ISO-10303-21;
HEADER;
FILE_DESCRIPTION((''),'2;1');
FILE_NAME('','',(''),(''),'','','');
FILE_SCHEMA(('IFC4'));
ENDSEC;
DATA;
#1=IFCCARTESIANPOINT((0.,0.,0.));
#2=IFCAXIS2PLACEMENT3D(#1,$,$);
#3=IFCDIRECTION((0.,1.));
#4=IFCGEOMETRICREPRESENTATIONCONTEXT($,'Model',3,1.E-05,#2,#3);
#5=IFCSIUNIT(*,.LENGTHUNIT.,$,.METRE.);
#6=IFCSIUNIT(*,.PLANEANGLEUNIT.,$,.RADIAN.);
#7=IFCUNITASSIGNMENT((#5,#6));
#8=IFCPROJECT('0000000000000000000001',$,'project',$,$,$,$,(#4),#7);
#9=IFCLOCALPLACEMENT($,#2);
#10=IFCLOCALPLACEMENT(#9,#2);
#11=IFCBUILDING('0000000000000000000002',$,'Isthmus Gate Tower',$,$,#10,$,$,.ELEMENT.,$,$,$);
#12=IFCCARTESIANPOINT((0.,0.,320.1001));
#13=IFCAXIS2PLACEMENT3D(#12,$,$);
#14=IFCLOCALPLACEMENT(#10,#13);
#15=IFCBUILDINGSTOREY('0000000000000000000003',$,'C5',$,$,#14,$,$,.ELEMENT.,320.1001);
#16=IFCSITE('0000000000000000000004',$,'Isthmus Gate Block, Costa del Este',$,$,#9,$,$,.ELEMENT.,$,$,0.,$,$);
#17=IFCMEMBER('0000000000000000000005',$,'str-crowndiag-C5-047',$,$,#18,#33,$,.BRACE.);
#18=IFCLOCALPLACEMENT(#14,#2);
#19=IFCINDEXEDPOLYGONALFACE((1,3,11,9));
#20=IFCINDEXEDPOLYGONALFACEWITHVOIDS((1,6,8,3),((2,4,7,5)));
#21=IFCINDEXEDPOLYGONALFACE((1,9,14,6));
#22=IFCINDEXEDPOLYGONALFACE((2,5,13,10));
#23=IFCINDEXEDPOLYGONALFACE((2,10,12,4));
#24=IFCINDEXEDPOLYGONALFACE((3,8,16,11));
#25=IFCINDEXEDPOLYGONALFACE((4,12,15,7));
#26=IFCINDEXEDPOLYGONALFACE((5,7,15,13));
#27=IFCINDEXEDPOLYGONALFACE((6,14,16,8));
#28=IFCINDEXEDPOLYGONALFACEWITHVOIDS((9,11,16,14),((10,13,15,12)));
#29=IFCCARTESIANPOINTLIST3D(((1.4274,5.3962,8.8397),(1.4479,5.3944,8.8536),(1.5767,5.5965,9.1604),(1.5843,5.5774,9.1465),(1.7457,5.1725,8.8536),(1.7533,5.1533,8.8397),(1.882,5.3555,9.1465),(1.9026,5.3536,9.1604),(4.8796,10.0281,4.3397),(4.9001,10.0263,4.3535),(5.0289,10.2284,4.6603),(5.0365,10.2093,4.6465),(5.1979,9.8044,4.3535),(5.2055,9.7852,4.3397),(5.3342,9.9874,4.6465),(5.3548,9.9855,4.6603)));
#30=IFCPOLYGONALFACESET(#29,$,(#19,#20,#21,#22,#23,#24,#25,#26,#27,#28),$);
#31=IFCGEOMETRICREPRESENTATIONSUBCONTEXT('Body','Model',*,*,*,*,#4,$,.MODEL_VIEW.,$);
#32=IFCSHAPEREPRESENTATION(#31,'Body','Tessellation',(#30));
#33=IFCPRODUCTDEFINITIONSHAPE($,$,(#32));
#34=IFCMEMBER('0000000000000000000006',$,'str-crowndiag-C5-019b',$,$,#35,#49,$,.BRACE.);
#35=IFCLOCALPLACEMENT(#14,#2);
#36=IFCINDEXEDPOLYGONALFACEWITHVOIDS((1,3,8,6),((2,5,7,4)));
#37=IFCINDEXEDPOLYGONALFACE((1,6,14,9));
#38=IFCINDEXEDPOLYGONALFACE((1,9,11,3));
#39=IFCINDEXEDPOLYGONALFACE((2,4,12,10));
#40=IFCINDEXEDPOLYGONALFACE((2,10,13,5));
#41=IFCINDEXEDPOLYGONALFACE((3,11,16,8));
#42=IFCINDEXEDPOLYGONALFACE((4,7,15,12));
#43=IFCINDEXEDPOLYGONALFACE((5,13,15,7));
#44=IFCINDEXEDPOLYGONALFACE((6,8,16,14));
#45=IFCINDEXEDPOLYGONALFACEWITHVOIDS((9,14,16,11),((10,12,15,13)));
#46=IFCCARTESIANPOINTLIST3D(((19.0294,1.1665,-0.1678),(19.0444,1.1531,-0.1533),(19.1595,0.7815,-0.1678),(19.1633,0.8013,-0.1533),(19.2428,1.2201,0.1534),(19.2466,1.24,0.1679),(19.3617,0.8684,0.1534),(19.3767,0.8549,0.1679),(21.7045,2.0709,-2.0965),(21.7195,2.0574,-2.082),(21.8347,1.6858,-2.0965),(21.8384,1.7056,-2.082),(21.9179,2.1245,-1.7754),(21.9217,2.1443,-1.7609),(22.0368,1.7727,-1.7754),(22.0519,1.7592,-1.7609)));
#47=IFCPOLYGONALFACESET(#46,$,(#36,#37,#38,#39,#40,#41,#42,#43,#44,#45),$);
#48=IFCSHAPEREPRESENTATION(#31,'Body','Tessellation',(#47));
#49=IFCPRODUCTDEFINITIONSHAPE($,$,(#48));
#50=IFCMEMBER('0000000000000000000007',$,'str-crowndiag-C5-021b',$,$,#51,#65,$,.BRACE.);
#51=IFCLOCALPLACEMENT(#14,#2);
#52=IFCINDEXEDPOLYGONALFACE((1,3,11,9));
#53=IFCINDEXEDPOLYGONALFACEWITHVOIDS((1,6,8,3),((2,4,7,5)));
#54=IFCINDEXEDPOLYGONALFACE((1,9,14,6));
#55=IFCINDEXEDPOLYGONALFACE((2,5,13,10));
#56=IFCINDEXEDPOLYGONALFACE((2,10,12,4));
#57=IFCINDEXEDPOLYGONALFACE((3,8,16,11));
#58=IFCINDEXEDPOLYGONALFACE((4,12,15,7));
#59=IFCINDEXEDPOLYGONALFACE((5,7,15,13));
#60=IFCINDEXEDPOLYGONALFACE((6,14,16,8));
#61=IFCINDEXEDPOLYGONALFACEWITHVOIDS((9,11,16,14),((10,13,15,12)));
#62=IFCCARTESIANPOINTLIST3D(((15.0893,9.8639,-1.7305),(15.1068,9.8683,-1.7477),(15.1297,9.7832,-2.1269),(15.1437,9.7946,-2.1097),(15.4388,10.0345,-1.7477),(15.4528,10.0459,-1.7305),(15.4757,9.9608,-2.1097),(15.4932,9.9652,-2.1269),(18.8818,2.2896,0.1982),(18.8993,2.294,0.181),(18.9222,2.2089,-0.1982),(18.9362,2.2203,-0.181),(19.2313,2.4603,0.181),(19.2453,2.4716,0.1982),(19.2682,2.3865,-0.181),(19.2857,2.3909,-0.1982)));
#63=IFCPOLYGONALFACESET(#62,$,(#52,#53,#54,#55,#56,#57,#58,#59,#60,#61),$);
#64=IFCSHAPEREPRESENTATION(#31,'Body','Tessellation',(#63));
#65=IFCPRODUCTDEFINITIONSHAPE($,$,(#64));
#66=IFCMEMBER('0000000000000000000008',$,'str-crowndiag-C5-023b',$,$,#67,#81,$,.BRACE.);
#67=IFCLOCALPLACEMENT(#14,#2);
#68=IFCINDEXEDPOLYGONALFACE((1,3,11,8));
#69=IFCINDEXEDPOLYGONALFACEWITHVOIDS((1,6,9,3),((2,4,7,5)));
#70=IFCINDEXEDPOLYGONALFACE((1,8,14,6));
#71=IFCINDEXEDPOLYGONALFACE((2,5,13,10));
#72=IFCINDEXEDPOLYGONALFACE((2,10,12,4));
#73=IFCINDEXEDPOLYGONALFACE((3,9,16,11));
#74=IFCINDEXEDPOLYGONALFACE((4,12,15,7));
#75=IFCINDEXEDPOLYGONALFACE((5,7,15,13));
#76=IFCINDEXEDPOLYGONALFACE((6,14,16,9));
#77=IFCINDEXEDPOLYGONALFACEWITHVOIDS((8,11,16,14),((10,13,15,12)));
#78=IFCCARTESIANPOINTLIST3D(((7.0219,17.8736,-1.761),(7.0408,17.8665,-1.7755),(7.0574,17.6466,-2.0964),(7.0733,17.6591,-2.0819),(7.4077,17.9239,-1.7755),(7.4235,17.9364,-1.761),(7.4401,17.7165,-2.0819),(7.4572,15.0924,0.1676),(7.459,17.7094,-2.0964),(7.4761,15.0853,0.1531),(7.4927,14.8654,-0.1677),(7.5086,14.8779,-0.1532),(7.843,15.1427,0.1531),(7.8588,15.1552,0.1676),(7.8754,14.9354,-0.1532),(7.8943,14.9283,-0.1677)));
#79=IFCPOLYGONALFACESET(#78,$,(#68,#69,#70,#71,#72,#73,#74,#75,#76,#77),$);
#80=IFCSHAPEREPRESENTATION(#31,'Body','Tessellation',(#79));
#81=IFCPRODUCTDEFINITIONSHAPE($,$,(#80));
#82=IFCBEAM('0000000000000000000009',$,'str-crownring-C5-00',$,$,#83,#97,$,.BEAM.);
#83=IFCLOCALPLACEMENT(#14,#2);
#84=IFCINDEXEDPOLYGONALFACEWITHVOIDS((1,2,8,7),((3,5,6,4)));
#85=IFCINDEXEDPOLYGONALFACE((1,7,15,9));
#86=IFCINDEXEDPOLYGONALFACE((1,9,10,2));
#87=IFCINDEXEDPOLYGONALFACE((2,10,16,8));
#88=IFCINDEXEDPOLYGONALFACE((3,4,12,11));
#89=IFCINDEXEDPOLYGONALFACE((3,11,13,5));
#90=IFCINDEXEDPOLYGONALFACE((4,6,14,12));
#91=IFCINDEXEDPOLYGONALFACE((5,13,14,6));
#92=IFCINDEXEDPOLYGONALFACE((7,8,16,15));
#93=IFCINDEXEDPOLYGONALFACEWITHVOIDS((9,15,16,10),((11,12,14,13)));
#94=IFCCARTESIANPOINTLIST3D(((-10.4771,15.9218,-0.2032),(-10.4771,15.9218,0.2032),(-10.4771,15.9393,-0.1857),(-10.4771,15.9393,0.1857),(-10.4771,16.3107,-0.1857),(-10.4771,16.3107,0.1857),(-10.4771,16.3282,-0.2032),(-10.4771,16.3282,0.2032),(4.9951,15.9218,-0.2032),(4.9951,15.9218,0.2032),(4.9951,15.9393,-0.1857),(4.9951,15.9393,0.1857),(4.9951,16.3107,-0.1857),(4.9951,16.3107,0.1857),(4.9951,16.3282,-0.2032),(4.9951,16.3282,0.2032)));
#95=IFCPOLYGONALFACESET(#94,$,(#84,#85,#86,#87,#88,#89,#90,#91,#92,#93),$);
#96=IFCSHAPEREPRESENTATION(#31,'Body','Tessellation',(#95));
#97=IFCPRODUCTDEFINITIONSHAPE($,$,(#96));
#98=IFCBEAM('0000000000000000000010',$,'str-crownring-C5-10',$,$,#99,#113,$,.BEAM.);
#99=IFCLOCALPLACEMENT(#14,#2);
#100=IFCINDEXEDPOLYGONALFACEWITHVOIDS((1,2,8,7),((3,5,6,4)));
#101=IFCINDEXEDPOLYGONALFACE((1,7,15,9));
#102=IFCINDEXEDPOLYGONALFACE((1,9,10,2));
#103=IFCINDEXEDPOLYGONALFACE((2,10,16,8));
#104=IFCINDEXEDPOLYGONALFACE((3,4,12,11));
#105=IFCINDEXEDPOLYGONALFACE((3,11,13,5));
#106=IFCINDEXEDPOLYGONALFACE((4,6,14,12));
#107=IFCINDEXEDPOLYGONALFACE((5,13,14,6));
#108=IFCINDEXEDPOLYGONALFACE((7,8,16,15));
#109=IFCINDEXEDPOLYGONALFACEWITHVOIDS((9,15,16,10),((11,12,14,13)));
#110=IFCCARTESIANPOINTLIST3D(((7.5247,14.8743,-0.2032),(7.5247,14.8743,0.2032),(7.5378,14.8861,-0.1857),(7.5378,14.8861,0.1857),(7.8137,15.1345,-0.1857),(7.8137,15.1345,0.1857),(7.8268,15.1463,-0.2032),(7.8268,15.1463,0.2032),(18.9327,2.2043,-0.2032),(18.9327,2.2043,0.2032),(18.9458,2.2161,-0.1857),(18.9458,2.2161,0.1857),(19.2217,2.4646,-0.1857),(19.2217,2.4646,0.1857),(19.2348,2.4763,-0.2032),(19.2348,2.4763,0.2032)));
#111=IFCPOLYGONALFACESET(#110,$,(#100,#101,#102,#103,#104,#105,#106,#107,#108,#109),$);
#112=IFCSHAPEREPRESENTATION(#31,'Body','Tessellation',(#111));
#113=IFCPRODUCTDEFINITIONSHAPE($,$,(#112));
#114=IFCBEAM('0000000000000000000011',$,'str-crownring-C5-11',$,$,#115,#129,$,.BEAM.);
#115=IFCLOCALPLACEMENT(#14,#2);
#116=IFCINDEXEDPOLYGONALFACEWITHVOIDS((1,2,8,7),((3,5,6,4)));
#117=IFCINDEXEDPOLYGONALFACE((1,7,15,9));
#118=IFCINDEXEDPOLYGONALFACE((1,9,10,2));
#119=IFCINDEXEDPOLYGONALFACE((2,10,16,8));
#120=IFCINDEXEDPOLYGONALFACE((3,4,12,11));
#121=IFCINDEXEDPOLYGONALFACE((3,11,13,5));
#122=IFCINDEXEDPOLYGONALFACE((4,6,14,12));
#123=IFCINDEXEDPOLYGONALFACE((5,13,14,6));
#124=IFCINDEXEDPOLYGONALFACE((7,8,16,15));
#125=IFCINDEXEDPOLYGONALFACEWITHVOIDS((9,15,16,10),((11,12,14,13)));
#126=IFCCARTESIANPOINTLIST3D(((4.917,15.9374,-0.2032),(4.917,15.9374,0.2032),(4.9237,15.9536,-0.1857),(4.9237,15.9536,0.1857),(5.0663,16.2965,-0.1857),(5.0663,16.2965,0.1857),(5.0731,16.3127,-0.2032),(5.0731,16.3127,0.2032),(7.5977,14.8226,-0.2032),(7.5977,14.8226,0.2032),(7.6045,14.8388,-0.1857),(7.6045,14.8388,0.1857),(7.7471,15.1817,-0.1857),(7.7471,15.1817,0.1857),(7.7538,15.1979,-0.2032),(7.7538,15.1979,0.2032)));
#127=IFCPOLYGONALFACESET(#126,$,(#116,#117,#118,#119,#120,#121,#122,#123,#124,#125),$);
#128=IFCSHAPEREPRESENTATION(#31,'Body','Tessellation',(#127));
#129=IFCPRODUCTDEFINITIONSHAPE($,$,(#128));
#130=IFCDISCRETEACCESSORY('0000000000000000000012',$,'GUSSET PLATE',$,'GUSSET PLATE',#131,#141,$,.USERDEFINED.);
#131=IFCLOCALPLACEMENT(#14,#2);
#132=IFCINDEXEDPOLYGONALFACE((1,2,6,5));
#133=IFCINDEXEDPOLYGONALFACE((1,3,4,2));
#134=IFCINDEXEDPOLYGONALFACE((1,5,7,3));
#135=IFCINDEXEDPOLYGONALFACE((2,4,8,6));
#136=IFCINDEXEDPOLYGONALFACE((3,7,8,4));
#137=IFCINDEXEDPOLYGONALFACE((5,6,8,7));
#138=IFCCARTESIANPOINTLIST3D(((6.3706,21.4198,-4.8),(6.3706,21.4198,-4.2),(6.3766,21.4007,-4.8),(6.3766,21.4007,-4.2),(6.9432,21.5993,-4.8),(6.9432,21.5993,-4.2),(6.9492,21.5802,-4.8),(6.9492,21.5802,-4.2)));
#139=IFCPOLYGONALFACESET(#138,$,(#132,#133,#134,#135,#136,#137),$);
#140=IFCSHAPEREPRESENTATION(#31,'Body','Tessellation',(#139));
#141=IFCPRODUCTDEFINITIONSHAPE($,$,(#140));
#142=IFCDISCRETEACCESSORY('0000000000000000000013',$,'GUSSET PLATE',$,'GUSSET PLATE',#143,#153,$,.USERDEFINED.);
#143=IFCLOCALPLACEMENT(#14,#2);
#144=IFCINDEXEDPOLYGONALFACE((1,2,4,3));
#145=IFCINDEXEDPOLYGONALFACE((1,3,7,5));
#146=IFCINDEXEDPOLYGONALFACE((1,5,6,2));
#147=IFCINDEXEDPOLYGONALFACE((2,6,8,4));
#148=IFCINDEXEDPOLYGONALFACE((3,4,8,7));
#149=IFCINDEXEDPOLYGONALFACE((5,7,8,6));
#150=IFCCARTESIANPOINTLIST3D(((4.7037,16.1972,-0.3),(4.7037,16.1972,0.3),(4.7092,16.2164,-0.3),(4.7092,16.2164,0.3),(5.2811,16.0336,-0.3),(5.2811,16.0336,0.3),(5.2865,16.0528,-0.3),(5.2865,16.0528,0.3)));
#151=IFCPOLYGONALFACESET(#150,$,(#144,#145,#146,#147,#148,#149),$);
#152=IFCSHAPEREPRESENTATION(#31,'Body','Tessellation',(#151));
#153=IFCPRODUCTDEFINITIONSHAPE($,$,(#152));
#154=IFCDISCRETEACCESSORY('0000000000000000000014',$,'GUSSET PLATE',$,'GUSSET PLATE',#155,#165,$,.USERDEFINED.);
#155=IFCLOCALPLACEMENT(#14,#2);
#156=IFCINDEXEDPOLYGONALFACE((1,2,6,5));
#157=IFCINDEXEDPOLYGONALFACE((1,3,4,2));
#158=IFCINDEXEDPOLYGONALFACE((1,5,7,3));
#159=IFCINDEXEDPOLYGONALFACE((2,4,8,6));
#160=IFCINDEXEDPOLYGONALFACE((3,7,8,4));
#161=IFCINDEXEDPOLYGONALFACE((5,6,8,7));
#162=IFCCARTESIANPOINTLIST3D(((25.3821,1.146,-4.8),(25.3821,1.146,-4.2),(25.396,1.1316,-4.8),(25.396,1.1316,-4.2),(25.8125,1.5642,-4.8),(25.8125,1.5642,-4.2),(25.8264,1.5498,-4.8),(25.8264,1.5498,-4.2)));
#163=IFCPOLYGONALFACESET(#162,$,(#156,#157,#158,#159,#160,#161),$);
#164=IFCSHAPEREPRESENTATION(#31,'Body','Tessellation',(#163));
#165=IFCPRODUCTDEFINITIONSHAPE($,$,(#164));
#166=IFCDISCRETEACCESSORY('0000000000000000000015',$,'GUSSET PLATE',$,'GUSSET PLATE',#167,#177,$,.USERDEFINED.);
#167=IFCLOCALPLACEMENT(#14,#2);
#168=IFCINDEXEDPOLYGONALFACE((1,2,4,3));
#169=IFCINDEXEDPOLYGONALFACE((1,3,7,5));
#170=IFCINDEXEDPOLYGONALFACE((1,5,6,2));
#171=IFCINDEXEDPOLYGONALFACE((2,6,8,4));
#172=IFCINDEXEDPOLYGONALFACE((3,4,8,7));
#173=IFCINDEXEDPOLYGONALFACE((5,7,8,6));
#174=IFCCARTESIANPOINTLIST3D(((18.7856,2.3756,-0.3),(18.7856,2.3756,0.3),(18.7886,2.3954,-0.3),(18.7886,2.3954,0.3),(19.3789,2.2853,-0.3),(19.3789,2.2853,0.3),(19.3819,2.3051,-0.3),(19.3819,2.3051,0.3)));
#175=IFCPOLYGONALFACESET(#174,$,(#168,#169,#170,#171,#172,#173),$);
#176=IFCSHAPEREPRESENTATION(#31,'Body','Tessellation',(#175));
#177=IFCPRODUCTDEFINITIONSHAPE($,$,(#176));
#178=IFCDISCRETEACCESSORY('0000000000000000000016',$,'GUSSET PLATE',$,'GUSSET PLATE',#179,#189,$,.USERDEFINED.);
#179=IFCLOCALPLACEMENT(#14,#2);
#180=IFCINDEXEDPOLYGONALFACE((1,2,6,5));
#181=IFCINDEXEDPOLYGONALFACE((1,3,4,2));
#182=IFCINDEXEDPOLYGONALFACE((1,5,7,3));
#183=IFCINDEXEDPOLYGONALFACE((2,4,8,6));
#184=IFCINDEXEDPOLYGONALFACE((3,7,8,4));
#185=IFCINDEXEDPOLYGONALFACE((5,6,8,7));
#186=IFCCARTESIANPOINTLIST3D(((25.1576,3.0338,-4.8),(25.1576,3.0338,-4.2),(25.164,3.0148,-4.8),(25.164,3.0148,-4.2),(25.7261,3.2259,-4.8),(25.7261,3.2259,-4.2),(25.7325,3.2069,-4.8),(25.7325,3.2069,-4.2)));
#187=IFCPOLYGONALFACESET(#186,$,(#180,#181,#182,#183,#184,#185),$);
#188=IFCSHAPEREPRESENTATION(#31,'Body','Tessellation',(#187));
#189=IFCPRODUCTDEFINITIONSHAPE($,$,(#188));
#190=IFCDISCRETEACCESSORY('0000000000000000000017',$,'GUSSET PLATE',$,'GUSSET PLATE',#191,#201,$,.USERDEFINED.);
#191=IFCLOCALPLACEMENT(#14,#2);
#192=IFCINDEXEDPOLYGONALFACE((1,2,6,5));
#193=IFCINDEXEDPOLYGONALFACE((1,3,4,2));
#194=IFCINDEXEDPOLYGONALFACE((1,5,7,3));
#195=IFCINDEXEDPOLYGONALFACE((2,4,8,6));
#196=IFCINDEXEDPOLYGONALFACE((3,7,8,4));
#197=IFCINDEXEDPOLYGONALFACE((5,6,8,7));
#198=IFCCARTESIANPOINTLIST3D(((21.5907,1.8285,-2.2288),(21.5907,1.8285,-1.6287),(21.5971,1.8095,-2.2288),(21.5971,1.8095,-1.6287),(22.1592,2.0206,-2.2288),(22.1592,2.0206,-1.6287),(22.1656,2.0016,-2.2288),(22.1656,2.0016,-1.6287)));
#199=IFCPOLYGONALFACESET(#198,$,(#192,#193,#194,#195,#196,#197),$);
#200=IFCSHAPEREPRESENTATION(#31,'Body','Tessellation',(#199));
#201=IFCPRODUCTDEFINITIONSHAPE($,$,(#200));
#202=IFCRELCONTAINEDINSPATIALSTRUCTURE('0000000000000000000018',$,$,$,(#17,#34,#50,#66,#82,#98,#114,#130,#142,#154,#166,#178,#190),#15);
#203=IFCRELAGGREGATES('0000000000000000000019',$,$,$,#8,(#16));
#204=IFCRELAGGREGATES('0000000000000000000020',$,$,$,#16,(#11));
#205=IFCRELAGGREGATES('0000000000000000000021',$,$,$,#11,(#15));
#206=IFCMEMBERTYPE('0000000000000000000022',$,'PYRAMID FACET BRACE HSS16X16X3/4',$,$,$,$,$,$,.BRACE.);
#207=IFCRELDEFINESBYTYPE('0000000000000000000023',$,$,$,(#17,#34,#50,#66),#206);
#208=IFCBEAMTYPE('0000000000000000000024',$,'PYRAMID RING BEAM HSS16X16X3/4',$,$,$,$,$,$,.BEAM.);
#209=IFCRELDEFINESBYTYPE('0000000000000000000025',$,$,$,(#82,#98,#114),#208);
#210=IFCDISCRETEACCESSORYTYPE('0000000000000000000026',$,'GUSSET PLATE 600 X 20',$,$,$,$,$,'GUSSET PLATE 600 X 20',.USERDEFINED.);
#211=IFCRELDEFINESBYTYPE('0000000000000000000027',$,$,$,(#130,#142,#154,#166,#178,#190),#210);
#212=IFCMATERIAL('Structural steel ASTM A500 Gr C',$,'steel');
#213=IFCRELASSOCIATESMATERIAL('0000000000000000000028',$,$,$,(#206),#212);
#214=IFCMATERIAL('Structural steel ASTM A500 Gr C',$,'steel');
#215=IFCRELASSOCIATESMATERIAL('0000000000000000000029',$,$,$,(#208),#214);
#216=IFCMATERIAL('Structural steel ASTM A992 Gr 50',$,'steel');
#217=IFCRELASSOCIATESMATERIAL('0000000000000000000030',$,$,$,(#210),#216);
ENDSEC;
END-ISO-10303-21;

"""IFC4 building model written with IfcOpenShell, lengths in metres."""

from ifc_helpers import new_model, si_unit, direction, frame, origin, origin_2d, place, context, subcontext, project, spatial, rectangle, hollow_rectangle, extrude, material, material_profile, profile_set, type_object, element, save


model = new_model("IFC4")

# Units and contexts
model_context = context("Model", 3, precision=1e-05, world=origin(), true_north=direction((0.0, 1.0)))
body_context = subcontext(model_context, "Body", "Model", "MODEL_VIEW")
ifc_project = project(units=[si_unit("LENGTHUNIT", "METRE"), si_unit("PLANEANGLEUNIT", "RADIAN")], contexts=[model_context])

# Site, building, storey
site_placement = place(None, origin())
site = spatial("IfcSite", under=ifc_project, at=site_placement, Name="Isthmus Gate Block, Costa del Este", CompositionType="ELEMENT", RefElevation=0.0)
building_placement = place(site_placement, origin())
building = spatial("IfcBuilding", under=site, at=building_placement, Name="Isthmus Gate Tower", CompositionType="ELEMENT")
storey_placement = place(building_placement, frame((0.0, 0.0, 320.1001)))
storey = spatial("IfcBuildingStorey", under=building, at=storey_placement, Name="C5", CompositionType="ELEMENT", Elevation=320.1001)

# Members
ifc_material_1 = material(Name="Structural steel ASTM A500 Gr C", Category="steel")
ifc_material_profile_1 = material_profile(ifc_material_1, hollow_rectangle(XDim=0.4065, YDim=0.4065, WallThickness=0.0176, at=origin_2d()), Name="HSS16X16X3/4")
ifc_profile_set_1 = profile_set([ifc_material_profile_1], Name="Structural steel ASTM A500 Gr C")
member_type = type_object("IfcMemberType", Name="PYRAMID FACET BRACE HSS16X16X3/4", PredefinedType="BRACE", material=ifc_profile_set_1)
member_1_placement = place(storey_placement, frame((5.1172, 10.0068, 4.5), z_axis=(-0.471434, -0.632535, 0.614531), x_axis=(0.801802, -0.59759, 0.0)))
element("IfcMember", 1, at=member_1_placement, inside=storey, type_object=member_type, Name="str-crowndiag-C5-047", PredefinedType="BRACE", context=body_context, shape_type="SweptSolid", body=[
    extrude(hollow_rectangle(XDim=0.4065, YDim=0.4065, WallThickness=0.0176, at=origin_2d()), origin(), (0.0, 0.0, 1.0), 7.3228),
])
member_2_placement = place(storey_placement, frame((21.8782, 1.915, -1.9287), z_axis=(-0.782273, -0.264446, 0.564019), x_axis=(0.320245, -0.947335, 0.0)))
element("IfcMember", 2, at=member_2_placement, inside=storey, type_object=member_type, Name="str-crowndiag-C5-019b", PredefinedType="BRACE", context=body_context, shape_type="SweptSolid", body=[
    extrude(hollow_rectangle(XDim=0.4065, YDim=0.4065, WallThickness=0.0176, at=origin_2d()), origin(), (0.0, 0.0, 1.0), 3.4197),
])
member_3_placement = place(storey_placement, frame((15.2913, 9.9146, -1.9287), z_axis=(0.436548, -0.871858, 0.222011), x_axis=(0.894173, 0.447721, 0.0)))
element("IfcMember", 3, at=member_3_placement, inside=storey, type_object=member_type, Name="str-crowndiag-C5-021b", PredefinedType="BRACE", context=body_context, shape_type="SweptSolid", body=[
    extrude(hollow_rectangle(XDim=0.4065, YDim=0.4065, WallThickness=0.0176, at=origin_2d()), origin(), (0.0, 0.0, 1.0), 8.6875),
])
member_4_placement = place(storey_placement, frame((7.2405, 17.7915, -1.9287), z_axis=(0.127563, -0.815032, 0.565199), x_axis=(0.987972, 0.154631, 0.0)))
element("IfcMember", 4, at=member_4_placement, inside=storey, type_object=member_type, Name="str-crowndiag-C5-023b", PredefinedType="BRACE", context=body_context, shape_type="SweptSolid", body=[
    extrude(hollow_rectangle(XDim=0.4065, YDim=0.4065, WallThickness=0.0176, at=origin_2d()), origin(), (0.0, 0.0, 1.0), 3.4124),
])

# Beams
ifc_material_2 = material(Name="Structural steel ASTM A500 Gr C", Category="steel")
ifc_material_profile_2 = material_profile(ifc_material_2, hollow_rectangle(XDim=0.4065, YDim=0.4065, WallThickness=0.0176, at=origin_2d()), Name="HSS16X16X3/4")
ifc_profile_set_2 = profile_set([ifc_material_profile_2], Name="Structural steel ASTM A500 Gr C")
beam_type = type_object("IfcBeamType", Name="PYRAMID RING BEAM HSS16X16X3/4", PredefinedType="BEAM", material=ifc_profile_set_2)
beam_1_placement = place(storey_placement, frame((4.9951, 16.125, 0.0), z_axis=(-1.0, 0.0, 0.0), x_axis=(0.0, -1.0, 0.0)))
element("IfcBeam", 5, at=beam_1_placement, inside=storey, type_object=beam_type, Name="str-crownring-C5-00", PredefinedType="BEAM", context=body_context, shape_type="SweptSolid", body=[
    extrude(hollow_rectangle(XDim=0.4065, YDim=0.4065, WallThickness=0.0176, at=origin_2d()), origin(), (0.0, 0.0, 1.0), 15.4722),
])
beam_2_placement = place(storey_placement, frame((19.0837, 2.3403, 0.0), z_axis=(-0.669128, 0.743147, 0.0), x_axis=(-0.743147, -0.669128, 0.0)))
element("IfcBeam", 6, at=beam_2_placement, inside=storey, type_object=beam_type, Name="str-crownring-C5-10", PredefinedType="BEAM", context=body_context, shape_type="SweptSolid", body=[
    extrude(hollow_rectangle(XDim=0.4065, YDim=0.4065, WallThickness=0.0176, at=origin_2d()), origin(), (0.0, 0.0, 1.0), 17.0491),
])
beam_3_placement = place(storey_placement, frame((7.6758, 15.0103, 0.0), z_axis=(-0.923345, 0.38397, 0.0), x_axis=(-0.38397, -0.923345, 0.0)))
element("IfcBeam", 7, at=beam_3_placement, inside=storey, type_object=beam_type, Name="str-crownring-C5-11", PredefinedType="BEAM", context=body_context, shape_type="SweptSolid", body=[
    extrude(hollow_rectangle(XDim=0.4065, YDim=0.4065, WallThickness=0.0176, at=origin_2d()), origin(), (0.0, 0.0, 1.0), 2.9033),
])

# Discrete accessories
ifc_material_3 = material(Name="Structural steel ASTM A992 Gr 50", Category="steel")
discrete_accessory_type = type_object("IfcDiscreteAccessoryType", Name="GUSSET PLATE 600 X 20", ElementType="GUSSET PLATE 600 X 20", PredefinedType="USERDEFINED", material=ifc_material_3)
for number, where, z_axis, x_axis, name in (
    (8, (6.6599, 21.5, -4.8), (0.0, 0.0, 1.0), (-0.954167, -0.299273, 0.0), "GUSSET PLATE"),
    (9, (4.9951, 16.125, -0.3), (0.0, 0.0, 1.0), (0.962103, -0.272686, 0.0), "GUSSET PLATE"),
    (10, (25.6042, 1.3479, -4.8), (0.0, 0.0, 1.0), (-0.717204, -0.696863, 0.0), "GUSSET PLATE"),
    (11, (19.0837, 2.3403, -0.3), (0.0, 0.0, 1.0), (-0.988612, 0.150488, 0.0), "GUSSET PLATE"),
    (12, (25.4451, 3.1204, -4.8), (0.0, 0.0, 1.0), (-0.947356, -0.320181, 0.0), "GUSSET PLATE"),
    (13, (21.8782, 1.915, -2.2288), (0.0, 0.0, 1.0), (-0.947356, -0.320181, 0.0), "GUSSET PLATE"),
):
    element("IfcDiscreteAccessory", number, at=place(storey_placement, frame(where, z_axis=z_axis, x_axis=x_axis)), inside=storey, type_object=discrete_accessory_type, Name=name, ObjectType="GUSSET PLATE", PredefinedType="USERDEFINED", context=body_context, shape_type="SweptSolid", body=[
        extrude(rectangle(XDim=0.6001, YDim=0.02, at=origin_2d()), origin(), (0.0, 0.0, 1.0), 0.6001),
    ])

save(model, "model.ifc")
